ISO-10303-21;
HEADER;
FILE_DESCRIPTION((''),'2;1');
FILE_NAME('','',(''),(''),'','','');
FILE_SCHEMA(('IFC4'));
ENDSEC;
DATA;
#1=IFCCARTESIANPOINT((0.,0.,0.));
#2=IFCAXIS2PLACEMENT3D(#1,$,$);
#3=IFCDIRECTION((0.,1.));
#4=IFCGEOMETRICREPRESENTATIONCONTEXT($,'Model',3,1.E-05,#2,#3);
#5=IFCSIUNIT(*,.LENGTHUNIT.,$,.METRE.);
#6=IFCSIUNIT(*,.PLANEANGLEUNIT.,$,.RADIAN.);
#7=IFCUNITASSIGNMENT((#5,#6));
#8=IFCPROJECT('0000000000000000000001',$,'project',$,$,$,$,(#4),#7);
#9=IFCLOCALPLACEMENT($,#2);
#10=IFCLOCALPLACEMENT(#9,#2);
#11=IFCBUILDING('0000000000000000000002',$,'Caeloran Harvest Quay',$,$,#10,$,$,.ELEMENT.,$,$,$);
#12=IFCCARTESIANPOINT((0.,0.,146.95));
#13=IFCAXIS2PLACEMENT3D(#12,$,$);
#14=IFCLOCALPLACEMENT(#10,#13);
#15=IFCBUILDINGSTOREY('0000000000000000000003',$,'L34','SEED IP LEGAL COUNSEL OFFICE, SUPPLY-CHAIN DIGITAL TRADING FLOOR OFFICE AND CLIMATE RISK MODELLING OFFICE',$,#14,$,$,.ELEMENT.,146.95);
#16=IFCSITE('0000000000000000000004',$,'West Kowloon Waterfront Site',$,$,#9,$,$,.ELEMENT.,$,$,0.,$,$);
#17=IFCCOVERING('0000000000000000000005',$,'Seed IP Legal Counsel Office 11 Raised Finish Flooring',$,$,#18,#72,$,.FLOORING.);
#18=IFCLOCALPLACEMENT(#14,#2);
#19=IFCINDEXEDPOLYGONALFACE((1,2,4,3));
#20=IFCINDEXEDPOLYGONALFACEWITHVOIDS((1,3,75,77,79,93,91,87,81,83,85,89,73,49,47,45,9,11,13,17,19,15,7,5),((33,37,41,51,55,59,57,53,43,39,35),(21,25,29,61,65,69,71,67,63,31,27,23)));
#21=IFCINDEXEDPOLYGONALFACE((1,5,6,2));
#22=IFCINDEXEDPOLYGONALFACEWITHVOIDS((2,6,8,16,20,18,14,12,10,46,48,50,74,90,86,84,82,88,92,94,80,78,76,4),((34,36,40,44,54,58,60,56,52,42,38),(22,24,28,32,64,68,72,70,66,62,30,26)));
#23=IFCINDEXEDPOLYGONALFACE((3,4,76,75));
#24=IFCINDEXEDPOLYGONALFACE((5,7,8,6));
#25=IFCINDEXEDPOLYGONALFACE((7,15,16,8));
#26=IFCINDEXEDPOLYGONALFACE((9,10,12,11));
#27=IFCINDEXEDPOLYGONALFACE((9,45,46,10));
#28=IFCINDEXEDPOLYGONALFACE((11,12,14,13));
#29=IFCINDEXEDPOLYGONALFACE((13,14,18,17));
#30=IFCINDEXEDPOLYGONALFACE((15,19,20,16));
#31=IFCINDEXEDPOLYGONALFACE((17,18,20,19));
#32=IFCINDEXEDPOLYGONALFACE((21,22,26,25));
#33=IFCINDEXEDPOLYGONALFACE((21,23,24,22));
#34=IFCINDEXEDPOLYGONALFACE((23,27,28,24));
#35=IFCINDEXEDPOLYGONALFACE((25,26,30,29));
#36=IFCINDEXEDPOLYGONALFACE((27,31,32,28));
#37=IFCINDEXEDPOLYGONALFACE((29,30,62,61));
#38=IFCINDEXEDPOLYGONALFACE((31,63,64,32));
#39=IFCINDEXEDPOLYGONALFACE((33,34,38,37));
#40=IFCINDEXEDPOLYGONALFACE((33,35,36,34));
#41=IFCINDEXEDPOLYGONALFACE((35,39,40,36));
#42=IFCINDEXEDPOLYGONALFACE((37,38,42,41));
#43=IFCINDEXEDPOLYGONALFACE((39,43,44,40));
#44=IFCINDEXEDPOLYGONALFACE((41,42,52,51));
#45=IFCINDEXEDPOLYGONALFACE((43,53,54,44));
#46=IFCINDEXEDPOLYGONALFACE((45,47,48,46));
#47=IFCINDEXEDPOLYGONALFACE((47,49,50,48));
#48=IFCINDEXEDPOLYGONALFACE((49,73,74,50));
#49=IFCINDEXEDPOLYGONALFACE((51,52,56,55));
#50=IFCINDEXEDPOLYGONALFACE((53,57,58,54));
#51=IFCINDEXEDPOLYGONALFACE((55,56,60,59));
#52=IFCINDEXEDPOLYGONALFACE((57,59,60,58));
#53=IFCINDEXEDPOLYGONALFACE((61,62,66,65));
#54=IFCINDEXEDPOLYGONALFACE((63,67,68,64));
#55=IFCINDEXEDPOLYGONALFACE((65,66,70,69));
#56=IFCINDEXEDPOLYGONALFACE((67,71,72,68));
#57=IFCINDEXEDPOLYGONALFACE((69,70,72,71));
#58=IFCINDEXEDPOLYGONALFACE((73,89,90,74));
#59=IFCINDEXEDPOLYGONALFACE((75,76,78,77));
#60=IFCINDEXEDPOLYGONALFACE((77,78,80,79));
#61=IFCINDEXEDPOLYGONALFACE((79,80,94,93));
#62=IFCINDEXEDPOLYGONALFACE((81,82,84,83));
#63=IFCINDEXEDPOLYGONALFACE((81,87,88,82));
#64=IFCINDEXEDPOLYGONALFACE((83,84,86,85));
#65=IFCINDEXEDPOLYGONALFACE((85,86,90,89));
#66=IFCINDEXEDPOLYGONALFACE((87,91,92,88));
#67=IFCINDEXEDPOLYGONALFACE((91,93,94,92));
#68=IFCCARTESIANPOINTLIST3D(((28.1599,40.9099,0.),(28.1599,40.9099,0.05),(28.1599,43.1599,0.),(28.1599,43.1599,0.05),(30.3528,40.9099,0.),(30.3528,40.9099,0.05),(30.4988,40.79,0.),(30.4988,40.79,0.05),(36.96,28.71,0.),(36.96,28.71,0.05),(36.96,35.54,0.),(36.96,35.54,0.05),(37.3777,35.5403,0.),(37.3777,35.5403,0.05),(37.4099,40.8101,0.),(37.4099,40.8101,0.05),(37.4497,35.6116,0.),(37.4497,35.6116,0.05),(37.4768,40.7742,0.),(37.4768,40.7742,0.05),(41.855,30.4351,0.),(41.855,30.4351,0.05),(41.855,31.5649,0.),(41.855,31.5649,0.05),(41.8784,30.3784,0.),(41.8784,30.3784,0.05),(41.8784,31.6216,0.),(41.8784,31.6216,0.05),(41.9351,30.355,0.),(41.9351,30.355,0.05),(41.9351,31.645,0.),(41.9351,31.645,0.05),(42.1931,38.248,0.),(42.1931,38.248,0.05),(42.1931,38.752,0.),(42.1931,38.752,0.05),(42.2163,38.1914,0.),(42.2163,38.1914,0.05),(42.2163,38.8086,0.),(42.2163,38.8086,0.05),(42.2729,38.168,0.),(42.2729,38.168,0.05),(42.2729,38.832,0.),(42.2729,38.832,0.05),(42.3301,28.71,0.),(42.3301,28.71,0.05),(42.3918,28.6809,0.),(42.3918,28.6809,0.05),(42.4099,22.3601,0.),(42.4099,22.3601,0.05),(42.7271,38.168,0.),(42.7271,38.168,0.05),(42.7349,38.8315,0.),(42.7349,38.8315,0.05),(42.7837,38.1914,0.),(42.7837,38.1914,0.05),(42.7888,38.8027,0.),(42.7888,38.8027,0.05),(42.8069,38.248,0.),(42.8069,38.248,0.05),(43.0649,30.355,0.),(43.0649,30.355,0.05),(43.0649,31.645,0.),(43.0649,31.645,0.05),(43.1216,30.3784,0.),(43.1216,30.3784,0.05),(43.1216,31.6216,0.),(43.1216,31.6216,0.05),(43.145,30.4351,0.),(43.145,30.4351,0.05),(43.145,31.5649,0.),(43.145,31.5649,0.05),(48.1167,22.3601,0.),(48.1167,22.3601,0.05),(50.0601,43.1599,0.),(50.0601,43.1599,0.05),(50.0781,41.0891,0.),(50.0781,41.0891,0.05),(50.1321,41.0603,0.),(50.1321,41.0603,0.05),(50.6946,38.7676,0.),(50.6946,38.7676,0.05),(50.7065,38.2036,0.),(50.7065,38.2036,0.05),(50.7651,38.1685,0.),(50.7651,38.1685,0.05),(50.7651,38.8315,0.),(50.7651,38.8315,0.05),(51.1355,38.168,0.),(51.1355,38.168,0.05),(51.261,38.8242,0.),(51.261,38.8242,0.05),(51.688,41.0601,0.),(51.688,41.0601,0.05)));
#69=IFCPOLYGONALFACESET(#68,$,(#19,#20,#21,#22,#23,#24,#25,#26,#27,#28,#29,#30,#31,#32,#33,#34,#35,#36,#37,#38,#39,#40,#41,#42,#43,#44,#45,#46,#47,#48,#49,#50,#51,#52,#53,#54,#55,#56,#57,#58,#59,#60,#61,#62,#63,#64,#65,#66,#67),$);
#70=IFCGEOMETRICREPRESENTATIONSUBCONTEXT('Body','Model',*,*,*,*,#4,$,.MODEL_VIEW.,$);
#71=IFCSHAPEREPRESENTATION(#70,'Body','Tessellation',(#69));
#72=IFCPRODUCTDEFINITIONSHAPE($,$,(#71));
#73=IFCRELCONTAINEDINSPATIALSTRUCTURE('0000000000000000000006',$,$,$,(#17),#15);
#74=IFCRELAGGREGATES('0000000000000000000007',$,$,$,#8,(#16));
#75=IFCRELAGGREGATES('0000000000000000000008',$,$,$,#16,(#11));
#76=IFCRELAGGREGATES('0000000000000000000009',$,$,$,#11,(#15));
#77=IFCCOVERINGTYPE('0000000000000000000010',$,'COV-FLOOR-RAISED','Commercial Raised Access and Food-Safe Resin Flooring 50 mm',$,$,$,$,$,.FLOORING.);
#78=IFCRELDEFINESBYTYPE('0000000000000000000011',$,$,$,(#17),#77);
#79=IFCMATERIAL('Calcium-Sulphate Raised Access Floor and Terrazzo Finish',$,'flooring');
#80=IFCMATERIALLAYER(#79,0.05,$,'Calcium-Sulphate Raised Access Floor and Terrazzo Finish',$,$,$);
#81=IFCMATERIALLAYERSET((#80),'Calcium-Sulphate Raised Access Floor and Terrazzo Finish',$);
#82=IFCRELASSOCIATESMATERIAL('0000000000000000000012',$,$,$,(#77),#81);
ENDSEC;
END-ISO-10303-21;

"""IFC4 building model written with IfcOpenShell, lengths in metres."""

from ifc_helpers import new_model, si_unit, direction, frame, origin, place, context, subcontext, project, spatial, polyline, outline, extrude, material, layer, layer_set, type_object, element, save


model = new_model("IFC4")

# Units and contexts
model_context = context("Model", 3, precision=1e-05, world=origin(), true_north=direction((0.0, 1.0)))
body_context = subcontext(model_context, "Body", "Model", "MODEL_VIEW")
ifc_project = project(units=[si_unit("LENGTHUNIT", "METRE"), si_unit("PLANEANGLEUNIT", "RADIAN")], contexts=[model_context])

# Site, building, storey
site_placement = place(None, origin())
site = spatial("IfcSite", under=ifc_project, at=site_placement, Name="West Kowloon Waterfront Site", CompositionType="ELEMENT", RefElevation=0.0)
building_placement = place(site_placement, origin())
building = spatial("IfcBuilding", under=site, at=building_placement, Name="Caeloran Harvest Quay", CompositionType="ELEMENT")
storey_placement = place(building_placement, frame((0.0, 0.0, 146.95)))
storey = spatial("IfcBuildingStorey", under=building, at=storey_placement, Name="L34", Description="SEED IP LEGAL COUNSEL OFFICE, SUPPLY-CHAIN DIGITAL TRADING FLOOR OFFICE AND CLIMATE RISK MODELLING OFFICE", CompositionType="ELEMENT", Elevation=146.95)

# Covering
ifc_material_1 = material(Name="Calcium-Sulphate Raised Access Floor and Terrazzo Finish", Category="flooring")
ifc_layer_1 = layer(ifc_material_1, 0.05, Name="Calcium-Sulphate Raised Access Floor and Terrazzo Finish")
ifc_layer_set_1 = layer_set([ifc_layer_1], Name="Calcium-Sulphate Raised Access Floor and Terrazzo Finish")
covering_type_1 = type_object("IfcCoveringType", Name="COV-FLOOR-RAISED", Description="Commercial Raised Access and Food-Safe Resin Flooring 50 mm", PredefinedType="FLOORING", material=ifc_layer_set_1)
covering_1_placement = place(storey_placement, origin())
element("IfcCovering", 1, at=covering_1_placement, inside=storey, type_object=covering_type_1, Name="Seed IP Legal Counsel Office 11 Raised Finish Flooring", PredefinedType="FLOORING", context=body_context, shape_type="SweptSolid", body=[
    extrude(outline(polyline([(50.0601, 43.1599), (50.0781, 41.0891), (50.1321, 41.0603), (51.688, 41.0601), (51.261, 38.8242), (50.7651, 38.8315), (50.6946, 38.7676), (50.7065, 38.2036), (50.7651, 38.1685), (51.1355, 38.168), (48.1167, 22.3601), (42.4099, 22.3601), (42.3918, 28.6809), (42.3301, 28.71), (36.96, 28.71), (36.96, 35.54), (37.3777, 35.5403), (37.4497, 35.6116), (37.4768, 40.7742), (37.4099, 40.8101), (30.4988, 40.79), (30.3528, 40.9099), (28.1599, 40.9099), (28.1599, 43.1599), (50.0601, 43.1599)]), holes=[polyline([(41.9351, 31.645), (41.8784, 31.6216), (41.855, 31.5649), (41.855, 30.4351), (41.8784, 30.3784), (41.9351, 30.355), (43.0649, 30.355), (43.1216, 30.3784), (43.145, 30.4351), (43.145, 31.5649), (43.1216, 31.6216), (43.0649, 31.645), (41.9351, 31.645)]), polyline([(42.8069, 38.248), (42.7888, 38.8027), (42.7349, 38.8315), (42.2729, 38.832), (42.2163, 38.8086), (42.1931, 38.752), (42.1931, 38.248), (42.2163, 38.1914), (42.2729, 38.168), (42.7271, 38.168), (42.7837, 38.1914), (42.8069, 38.248)])]), origin(), (0.0, 0.0, 1.0), 0.05),
])

save(model, "model.ifc")
